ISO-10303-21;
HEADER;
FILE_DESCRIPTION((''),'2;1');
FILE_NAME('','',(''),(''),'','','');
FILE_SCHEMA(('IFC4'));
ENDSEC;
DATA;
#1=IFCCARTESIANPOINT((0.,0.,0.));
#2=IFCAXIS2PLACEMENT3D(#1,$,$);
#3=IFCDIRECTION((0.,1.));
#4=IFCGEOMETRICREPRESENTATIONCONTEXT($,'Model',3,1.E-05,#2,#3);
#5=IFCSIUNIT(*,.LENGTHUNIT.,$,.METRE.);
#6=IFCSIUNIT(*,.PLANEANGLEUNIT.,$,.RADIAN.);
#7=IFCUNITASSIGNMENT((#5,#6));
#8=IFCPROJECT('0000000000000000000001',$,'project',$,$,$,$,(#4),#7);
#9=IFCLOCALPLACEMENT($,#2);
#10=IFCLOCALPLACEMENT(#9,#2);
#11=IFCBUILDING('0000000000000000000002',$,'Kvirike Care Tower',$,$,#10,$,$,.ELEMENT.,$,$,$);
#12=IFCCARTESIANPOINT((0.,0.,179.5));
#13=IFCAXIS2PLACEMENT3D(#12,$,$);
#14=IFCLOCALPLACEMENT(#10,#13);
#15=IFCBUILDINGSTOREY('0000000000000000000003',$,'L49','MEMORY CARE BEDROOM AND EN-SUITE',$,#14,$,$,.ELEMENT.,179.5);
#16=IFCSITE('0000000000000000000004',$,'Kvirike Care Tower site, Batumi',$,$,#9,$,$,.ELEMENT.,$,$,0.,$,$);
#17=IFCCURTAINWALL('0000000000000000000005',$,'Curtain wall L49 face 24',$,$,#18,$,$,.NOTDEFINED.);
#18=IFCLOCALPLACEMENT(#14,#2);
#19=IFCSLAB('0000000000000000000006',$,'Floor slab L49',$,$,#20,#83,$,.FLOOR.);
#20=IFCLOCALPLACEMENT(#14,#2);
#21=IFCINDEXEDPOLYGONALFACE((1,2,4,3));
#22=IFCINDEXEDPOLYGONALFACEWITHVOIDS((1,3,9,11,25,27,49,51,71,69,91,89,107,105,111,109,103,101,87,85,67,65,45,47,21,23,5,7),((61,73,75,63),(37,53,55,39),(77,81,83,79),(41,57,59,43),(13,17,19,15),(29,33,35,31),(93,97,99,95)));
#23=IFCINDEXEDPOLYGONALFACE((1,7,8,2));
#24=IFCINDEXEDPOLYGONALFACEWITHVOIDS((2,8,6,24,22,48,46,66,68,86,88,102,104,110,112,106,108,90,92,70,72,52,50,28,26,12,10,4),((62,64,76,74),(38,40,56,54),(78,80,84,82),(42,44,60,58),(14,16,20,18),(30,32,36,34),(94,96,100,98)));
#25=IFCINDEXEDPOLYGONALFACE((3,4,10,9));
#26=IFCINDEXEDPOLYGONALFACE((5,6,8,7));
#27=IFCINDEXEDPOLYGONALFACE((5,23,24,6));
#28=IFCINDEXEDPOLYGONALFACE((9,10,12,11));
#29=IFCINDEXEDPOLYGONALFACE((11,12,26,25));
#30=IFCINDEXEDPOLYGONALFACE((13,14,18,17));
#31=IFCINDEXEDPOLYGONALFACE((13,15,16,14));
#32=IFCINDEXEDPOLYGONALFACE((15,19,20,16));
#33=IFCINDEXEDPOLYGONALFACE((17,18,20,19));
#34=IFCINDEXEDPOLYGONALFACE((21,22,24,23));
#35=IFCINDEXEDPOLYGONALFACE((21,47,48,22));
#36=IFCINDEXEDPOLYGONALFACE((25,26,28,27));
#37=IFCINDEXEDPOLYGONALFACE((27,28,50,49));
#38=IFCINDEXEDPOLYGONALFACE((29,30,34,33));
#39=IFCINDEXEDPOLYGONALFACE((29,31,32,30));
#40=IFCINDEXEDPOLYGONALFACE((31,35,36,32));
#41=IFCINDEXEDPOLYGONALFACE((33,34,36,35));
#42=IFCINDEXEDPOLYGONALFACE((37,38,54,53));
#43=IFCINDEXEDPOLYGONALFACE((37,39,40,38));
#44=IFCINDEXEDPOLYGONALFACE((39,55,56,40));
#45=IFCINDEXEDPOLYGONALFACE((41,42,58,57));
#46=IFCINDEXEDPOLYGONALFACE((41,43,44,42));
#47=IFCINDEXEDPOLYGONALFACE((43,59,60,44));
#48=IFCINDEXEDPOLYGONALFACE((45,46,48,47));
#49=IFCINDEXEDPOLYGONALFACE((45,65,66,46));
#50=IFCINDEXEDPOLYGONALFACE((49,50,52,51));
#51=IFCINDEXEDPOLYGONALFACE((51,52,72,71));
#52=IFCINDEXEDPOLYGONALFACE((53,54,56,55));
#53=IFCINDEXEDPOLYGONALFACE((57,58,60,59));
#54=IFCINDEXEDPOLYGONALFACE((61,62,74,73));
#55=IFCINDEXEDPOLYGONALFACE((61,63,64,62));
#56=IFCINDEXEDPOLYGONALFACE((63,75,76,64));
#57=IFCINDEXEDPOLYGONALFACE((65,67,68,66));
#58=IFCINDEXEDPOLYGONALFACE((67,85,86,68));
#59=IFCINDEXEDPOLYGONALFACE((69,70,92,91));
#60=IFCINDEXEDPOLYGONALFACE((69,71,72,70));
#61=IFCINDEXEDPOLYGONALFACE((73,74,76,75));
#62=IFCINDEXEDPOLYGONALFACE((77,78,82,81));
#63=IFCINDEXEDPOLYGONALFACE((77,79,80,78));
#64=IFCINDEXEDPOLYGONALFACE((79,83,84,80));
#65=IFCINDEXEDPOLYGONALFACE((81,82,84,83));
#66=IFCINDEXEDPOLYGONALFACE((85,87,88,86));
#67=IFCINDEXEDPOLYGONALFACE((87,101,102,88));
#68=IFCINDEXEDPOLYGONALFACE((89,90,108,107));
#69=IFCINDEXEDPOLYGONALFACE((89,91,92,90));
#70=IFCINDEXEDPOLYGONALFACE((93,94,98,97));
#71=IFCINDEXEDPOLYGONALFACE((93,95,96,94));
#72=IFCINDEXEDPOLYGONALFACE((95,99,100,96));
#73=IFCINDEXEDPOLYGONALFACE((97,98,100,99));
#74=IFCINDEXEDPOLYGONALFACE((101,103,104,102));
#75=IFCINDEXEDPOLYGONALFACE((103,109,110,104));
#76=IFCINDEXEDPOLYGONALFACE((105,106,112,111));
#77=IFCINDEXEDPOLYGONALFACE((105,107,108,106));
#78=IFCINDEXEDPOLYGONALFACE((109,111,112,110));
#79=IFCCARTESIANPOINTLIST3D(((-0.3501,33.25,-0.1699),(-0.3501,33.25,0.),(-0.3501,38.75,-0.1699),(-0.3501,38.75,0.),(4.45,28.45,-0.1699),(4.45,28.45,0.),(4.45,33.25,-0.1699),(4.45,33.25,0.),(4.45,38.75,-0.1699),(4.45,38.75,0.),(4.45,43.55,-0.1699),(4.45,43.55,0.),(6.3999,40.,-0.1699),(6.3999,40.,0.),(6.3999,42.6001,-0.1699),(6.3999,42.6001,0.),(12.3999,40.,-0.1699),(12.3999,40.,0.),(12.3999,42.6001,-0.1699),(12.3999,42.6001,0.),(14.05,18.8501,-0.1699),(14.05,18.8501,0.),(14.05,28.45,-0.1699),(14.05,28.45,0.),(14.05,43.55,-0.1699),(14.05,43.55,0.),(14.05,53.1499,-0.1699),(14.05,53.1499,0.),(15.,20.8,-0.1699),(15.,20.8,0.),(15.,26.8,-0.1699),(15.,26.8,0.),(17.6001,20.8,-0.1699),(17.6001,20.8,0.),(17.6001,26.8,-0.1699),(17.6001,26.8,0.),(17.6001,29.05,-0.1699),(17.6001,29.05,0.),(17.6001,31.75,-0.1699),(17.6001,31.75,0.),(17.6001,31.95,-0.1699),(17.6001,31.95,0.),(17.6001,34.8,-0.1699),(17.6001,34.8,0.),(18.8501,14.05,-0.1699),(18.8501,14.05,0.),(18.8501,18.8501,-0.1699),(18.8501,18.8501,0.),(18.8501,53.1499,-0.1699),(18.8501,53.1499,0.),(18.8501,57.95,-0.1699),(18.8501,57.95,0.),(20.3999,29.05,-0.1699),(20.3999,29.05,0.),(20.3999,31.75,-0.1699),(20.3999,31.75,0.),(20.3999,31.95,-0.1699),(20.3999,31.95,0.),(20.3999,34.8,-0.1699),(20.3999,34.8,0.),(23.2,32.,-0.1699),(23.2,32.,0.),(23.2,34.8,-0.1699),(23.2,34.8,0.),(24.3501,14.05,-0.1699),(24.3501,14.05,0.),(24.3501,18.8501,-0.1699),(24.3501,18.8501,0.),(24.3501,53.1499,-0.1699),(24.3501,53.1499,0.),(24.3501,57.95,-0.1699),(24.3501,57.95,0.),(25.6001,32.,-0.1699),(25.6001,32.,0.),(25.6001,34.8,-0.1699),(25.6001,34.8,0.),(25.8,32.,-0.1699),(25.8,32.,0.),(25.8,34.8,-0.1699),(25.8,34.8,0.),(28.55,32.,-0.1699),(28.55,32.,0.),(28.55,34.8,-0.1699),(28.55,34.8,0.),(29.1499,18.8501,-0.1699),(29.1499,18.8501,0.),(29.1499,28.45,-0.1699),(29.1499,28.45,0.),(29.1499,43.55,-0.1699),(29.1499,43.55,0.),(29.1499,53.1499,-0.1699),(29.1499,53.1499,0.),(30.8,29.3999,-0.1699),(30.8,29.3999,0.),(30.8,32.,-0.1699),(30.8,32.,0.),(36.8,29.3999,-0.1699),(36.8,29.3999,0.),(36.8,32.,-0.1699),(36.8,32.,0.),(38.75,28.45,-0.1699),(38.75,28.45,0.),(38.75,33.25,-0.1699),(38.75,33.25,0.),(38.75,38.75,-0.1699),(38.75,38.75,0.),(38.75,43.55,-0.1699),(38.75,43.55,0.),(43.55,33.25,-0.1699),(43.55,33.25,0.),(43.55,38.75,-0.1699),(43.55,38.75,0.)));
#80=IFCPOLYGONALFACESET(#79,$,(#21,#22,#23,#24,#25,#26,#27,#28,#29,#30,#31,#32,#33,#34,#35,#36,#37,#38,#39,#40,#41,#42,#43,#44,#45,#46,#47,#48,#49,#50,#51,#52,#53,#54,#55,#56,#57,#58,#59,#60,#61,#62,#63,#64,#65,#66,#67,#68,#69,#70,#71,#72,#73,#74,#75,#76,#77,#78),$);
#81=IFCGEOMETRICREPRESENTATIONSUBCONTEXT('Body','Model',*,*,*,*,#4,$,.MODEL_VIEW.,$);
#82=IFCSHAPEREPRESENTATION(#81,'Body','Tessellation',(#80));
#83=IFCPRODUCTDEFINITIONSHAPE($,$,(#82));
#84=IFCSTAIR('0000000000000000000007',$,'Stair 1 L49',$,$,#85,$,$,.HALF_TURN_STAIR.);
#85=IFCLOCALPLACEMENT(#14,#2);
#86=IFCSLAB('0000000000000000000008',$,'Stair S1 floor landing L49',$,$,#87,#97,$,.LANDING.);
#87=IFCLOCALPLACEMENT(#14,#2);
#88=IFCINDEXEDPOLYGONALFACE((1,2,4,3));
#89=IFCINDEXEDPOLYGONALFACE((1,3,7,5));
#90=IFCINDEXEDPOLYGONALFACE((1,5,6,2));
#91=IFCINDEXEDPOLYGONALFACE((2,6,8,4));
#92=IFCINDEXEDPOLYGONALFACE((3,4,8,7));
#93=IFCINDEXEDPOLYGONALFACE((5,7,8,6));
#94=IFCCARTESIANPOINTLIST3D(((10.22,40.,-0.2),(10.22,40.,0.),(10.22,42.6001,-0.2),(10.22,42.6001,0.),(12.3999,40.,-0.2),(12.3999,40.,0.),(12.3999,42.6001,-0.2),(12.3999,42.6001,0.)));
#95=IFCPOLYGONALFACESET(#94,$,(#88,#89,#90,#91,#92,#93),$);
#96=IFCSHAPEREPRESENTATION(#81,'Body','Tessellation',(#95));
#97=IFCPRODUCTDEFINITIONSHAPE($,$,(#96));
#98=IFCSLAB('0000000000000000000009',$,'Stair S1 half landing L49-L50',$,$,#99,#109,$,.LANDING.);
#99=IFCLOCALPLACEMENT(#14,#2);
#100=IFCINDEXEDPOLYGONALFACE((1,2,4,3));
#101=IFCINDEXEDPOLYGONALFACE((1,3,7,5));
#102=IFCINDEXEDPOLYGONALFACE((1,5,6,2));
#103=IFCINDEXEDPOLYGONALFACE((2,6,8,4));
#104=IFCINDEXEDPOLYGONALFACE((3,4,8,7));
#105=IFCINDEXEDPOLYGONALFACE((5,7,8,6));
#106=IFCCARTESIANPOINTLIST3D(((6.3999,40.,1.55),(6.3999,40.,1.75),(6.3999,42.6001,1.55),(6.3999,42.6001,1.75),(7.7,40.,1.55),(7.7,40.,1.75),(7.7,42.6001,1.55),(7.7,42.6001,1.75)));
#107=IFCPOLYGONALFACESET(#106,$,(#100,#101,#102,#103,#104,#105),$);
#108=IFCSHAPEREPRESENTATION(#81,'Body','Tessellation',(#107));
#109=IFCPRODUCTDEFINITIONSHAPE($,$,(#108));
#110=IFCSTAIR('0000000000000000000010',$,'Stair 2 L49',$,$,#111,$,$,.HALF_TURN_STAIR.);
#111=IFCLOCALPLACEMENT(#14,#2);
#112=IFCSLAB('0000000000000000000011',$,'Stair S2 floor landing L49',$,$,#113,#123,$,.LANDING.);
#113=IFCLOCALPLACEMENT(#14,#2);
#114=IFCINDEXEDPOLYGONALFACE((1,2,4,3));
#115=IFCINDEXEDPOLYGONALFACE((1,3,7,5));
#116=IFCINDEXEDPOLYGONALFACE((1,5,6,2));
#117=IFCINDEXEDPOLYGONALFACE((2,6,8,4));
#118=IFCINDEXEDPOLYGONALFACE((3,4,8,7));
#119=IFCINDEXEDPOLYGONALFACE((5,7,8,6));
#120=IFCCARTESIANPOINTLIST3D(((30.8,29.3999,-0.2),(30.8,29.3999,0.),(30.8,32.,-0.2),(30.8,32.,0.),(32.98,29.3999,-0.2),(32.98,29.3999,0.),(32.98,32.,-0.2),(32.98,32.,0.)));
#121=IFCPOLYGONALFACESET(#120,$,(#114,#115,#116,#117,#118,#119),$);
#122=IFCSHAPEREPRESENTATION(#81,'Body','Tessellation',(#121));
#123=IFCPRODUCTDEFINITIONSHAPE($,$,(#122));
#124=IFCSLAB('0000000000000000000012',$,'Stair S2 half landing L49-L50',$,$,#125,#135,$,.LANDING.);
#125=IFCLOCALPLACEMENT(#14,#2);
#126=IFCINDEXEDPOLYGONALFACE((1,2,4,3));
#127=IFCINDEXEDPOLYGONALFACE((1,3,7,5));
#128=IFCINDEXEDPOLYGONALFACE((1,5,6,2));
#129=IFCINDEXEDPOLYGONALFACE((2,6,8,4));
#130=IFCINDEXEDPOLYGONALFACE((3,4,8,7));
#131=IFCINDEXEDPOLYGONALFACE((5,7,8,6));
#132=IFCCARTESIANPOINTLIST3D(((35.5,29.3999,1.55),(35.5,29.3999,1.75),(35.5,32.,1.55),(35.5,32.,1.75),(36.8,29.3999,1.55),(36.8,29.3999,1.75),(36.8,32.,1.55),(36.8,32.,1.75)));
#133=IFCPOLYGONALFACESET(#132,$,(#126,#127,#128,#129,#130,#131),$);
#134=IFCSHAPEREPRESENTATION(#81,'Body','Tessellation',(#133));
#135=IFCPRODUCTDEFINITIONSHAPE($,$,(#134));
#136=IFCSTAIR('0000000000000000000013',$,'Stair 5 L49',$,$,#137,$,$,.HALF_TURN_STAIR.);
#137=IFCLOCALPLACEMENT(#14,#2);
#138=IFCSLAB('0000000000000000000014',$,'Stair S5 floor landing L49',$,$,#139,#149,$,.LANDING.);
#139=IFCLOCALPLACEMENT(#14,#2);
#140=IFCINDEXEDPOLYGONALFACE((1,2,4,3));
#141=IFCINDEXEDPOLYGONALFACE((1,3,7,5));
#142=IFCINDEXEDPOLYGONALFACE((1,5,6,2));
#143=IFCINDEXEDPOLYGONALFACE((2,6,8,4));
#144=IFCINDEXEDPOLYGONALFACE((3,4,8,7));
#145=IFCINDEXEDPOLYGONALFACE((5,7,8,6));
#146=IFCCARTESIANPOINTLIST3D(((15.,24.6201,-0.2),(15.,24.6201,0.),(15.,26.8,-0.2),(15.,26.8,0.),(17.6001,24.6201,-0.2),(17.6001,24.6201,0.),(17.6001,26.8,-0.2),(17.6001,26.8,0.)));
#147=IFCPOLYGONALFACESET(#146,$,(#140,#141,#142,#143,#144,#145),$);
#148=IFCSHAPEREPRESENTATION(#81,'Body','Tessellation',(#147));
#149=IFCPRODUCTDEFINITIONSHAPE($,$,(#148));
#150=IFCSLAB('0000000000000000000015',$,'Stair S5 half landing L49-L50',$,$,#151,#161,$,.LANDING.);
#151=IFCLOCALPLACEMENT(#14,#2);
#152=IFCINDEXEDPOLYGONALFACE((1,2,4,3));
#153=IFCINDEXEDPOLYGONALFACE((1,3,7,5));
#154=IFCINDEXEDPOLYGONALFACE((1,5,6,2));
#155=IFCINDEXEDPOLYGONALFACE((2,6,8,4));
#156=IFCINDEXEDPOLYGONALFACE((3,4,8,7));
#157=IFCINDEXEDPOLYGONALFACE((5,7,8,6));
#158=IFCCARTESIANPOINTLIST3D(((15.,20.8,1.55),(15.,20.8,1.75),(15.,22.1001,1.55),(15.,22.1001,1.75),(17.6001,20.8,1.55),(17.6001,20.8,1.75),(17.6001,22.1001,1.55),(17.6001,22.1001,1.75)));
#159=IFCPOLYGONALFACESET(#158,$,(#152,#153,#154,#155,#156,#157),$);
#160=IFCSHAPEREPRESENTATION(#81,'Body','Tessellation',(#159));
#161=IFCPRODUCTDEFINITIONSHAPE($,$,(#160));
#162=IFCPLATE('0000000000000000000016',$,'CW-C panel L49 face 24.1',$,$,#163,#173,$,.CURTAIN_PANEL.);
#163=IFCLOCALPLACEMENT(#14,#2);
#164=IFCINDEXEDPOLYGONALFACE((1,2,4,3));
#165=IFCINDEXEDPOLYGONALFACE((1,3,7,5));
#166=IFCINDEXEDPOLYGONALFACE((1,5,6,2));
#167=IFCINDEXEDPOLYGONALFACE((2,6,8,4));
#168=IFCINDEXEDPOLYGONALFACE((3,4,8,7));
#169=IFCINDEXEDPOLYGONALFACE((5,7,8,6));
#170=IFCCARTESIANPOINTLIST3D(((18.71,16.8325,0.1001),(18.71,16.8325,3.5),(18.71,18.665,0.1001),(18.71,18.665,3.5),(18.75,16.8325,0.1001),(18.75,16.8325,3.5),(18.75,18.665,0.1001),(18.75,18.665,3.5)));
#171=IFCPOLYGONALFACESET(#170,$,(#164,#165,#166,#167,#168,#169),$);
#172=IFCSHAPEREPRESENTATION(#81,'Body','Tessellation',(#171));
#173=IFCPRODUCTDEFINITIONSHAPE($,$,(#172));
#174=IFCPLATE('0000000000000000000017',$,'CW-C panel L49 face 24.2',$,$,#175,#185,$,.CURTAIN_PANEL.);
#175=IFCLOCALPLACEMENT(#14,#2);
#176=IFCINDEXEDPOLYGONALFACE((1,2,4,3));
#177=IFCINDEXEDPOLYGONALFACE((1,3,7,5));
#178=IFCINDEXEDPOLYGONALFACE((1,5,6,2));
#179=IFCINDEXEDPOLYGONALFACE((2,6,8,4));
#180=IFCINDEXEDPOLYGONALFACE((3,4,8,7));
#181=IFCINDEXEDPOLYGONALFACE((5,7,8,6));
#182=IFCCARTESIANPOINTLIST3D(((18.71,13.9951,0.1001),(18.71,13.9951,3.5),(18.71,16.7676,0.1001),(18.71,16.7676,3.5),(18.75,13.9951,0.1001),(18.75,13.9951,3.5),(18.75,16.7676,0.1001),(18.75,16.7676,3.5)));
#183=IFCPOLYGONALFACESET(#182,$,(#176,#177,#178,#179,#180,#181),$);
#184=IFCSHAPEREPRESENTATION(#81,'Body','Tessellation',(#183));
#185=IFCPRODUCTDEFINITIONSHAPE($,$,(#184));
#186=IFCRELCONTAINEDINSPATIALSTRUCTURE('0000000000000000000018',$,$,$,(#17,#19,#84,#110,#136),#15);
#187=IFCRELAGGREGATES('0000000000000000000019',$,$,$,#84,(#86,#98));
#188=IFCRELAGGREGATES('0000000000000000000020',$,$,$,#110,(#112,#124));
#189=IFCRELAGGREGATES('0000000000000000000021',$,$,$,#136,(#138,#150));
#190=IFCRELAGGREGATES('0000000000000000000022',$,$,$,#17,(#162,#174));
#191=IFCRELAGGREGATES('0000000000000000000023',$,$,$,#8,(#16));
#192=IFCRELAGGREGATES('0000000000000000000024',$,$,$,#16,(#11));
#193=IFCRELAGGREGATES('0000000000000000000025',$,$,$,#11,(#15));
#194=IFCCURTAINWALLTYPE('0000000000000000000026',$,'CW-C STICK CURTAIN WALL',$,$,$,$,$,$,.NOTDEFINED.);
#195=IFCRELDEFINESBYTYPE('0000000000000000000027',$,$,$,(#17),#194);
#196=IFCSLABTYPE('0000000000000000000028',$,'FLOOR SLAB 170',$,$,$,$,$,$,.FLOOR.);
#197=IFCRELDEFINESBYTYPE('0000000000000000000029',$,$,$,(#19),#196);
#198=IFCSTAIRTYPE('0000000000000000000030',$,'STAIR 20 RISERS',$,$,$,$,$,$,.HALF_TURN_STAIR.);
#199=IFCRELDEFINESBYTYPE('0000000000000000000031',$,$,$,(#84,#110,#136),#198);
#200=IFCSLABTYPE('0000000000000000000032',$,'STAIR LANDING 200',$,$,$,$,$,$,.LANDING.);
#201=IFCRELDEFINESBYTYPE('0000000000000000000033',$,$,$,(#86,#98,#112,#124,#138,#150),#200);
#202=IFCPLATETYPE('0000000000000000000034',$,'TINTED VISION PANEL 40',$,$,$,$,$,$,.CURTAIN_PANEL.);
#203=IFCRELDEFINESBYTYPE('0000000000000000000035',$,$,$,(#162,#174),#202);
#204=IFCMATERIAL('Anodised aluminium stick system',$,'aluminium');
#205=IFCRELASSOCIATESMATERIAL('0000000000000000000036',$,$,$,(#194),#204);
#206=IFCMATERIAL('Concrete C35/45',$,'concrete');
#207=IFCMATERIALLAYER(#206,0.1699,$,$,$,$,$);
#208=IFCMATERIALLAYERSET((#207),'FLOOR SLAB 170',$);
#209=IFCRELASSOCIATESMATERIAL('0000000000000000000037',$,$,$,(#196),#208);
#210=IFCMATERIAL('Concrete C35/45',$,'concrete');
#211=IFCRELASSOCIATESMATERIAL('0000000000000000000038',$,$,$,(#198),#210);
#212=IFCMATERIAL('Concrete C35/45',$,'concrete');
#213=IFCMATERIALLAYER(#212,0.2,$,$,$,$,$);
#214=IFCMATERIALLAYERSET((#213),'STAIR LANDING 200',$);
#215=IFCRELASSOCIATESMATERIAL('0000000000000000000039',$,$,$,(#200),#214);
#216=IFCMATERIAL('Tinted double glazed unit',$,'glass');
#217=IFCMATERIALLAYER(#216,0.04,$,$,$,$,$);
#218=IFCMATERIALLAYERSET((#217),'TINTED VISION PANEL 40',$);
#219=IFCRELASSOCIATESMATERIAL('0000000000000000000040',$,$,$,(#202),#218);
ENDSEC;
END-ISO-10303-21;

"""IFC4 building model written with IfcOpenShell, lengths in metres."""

from ifc_helpers import new_model, si_unit, direction, frame, origin, origin_2d, place, context, subcontext, project, spatial, polyline, rectangle, outline, extrude, material, layer, layer_set, type_object, element, aggregate, save


model = new_model("IFC4")

# Units and contexts
model_context = context("Model", 3, precision=1e-05, world=origin(), true_north=direction((0.0, 1.0)))
body_context = subcontext(model_context, "Body", "Model", "MODEL_VIEW")
ifc_project = project(units=[si_unit("LENGTHUNIT", "METRE"), si_unit("PLANEANGLEUNIT", "RADIAN")], contexts=[model_context])

# Site, building, storey
site_placement = place(None, origin())
site = spatial("IfcSite", under=ifc_project, at=site_placement, Name="Kvirike Care Tower site, Batumi", CompositionType="ELEMENT", RefElevation=0.0)
building_placement = place(site_placement, origin())
building = spatial("IfcBuilding", under=site, at=building_placement, Name="Kvirike Care Tower", CompositionType="ELEMENT")
storey_placement = place(building_placement, frame((0.0, 0.0, 179.5)))
storey = spatial("IfcBuildingStorey", under=building, at=storey_placement, Name="L49", Description="MEMORY CARE BEDROOM AND EN-SUITE", CompositionType="ELEMENT", Elevation=179.5)

# Curtain wall
ifc_material_1 = material(Name="Anodised aluminium stick system", Category="aluminium")
curtain_wall_type = type_object("IfcCurtainWallType", Name="CW-C STICK CURTAIN WALL", PredefinedType="NOTDEFINED", material=ifc_material_1)
curtain_wall_1_placement = place(storey_placement, origin())
curtain_wall_1 = element("IfcCurtainWall", 1, at=curtain_wall_1_placement, inside=storey, type_object=curtain_wall_type, Name="Curtain wall L49 face 24", PredefinedType="NOTDEFINED")

# Slab
ifc_material_2 = material(Name="Concrete C35/45", Category="concrete")
ifc_layer_1 = layer(ifc_material_2, 0.1699)
ifc_layer_set_1 = layer_set([ifc_layer_1], Name="FLOOR SLAB 170")
slab_type_1 = type_object("IfcSlabType", Name="FLOOR SLAB 170", PredefinedType="FLOOR", material=ifc_layer_set_1)
slab_1_placement = place(storey_placement, frame((0.0, 0.0, -0.1699)))
element("IfcSlab", 2, at=slab_1_placement, inside=storey, type_object=slab_type_1, Name="Floor slab L49", PredefinedType="FLOOR", context=body_context, shape_type="SweptSolid", body=[
    extrude(outline(polyline([(29.1499, 28.45), (38.75, 28.45), (38.75, 33.25), (43.55, 33.25), (43.55, 38.75), (38.75, 38.75), (38.75, 43.55), (29.1499, 43.55), (29.1499, 53.1499), (24.3501, 53.1499), (24.3501, 57.95), (18.8501, 57.95), (18.8501, 53.1499), (14.05, 53.1499), (14.05, 43.55), (4.45, 43.55), (4.45, 38.75), (-0.3501, 38.75), (-0.3501, 33.25), (4.45, 33.25), (4.45, 28.45), (14.05, 28.45), (14.05, 18.8501), (18.8501, 18.8501), (18.8501, 14.05), (24.3501, 14.05), (24.3501, 18.8501), (29.1499, 18.8501), (29.1499, 28.45)]), holes=[polyline([(17.6001, 29.05), (17.6001, 31.75), (20.3999, 31.75), (20.3999, 29.05), (17.6001, 29.05)]), polyline([(17.6001, 31.95), (17.6001, 34.8), (20.3999, 34.8), (20.3999, 31.95), (17.6001, 31.95)]), polyline([(23.2, 32.0), (23.2, 34.8), (25.6001, 34.8), (25.6001, 32.0), (23.2, 32.0)]), polyline([(25.8, 32.0), (25.8, 34.8), (28.55, 34.8), (28.55, 32.0), (25.8, 32.0)]), polyline([(12.3999, 42.6001), (12.3999, 40.0), (6.3999, 40.0), (6.3999, 42.6001), (12.3999, 42.6001)]), polyline([(30.8, 29.3999), (30.8, 32.0), (36.8, 32.0), (36.8, 29.3999), (30.8, 29.3999)]), polyline([(15.0, 26.8), (17.6001, 26.8), (17.6001, 20.8), (15.0, 20.8), (15.0, 26.8)])]), origin(), (0.0, 0.0, 1.0), 0.1699),
])

# Stairs, slabs
ifc_material_3 = material(Name="Concrete C35/45", Category="concrete")
stair_type = type_object("IfcStairType", Name="STAIR 20 RISERS", PredefinedType="HALF_TURN_STAIR", material=ifc_material_3)
stair_1_placement = place(storey_placement, origin())
stair_1 = element("IfcStair", 3, at=stair_1_placement, inside=storey, type_object=stair_type, Name="Stair 1 L49", PredefinedType="HALF_TURN_STAIR")
ifc_material_4 = material(Name="Concrete C35/45", Category="concrete")
ifc_layer_2 = layer(ifc_material_4, 0.2)
ifc_layer_set_2 = layer_set([ifc_layer_2], Name="STAIR LANDING 200")
slab_type_2 = type_object("IfcSlabType", Name="STAIR LANDING 200", PredefinedType="LANDING", material=ifc_layer_set_2)
slab_2_placement = place(storey_placement, frame((0.0, 0.0, -0.2)))
slab_2 = element("IfcSlab", 4, at=slab_2_placement, type_object=slab_type_2, Name="Stair S1 floor landing L49", PredefinedType="LANDING", context=body_context, shape_type="SweptSolid", body=[
    extrude(outline(polyline([(10.22, 42.6001), (10.22, 40.0), (12.3999, 40.0), (12.3999, 42.6001), (10.22, 42.6001)])), origin(), (0.0, 0.0, 1.0), 0.2),
])
slab_3_placement = place(storey_placement, frame((0.0, 0.0, 1.55)))
slab_3 = element("IfcSlab", 5, at=slab_3_placement, type_object=slab_type_2, Name="Stair S1 half landing L49-L50", PredefinedType="LANDING", context=body_context, shape_type="SweptSolid", body=[
    extrude(outline(polyline([(6.3999, 42.6001), (6.3999, 40.0), (7.7, 40.0), (7.7, 42.6001), (6.3999, 42.6001)])), origin(), (0.0, 0.0, 1.0), 0.2),
])
aggregate(stair_1, [slab_2, slab_3])
stair_2_placement = place(storey_placement, origin())
stair_2 = element("IfcStair", 6, at=stair_2_placement, inside=storey, type_object=stair_type, Name="Stair 2 L49", PredefinedType="HALF_TURN_STAIR")
slab_4_placement = place(storey_placement, frame((0.0, 0.0, -0.2)))
slab_4 = element("IfcSlab", 7, at=slab_4_placement, type_object=slab_type_2, Name="Stair S2 floor landing L49", PredefinedType="LANDING", context=body_context, shape_type="SweptSolid", body=[
    extrude(outline(polyline([(32.98, 29.3999), (32.98, 32.0), (30.8, 32.0), (30.8, 29.3999), (32.98, 29.3999)])), origin(), (0.0, 0.0, 1.0), 0.2),
])
slab_5_placement = place(storey_placement, frame((0.0, 0.0, 1.55)))
slab_5 = element("IfcSlab", 8, at=slab_5_placement, type_object=slab_type_2, Name="Stair S2 half landing L49-L50", PredefinedType="LANDING", context=body_context, shape_type="SweptSolid", body=[
    extrude(outline(polyline([(36.8, 29.3999), (36.8, 32.0), (35.5, 32.0), (35.5, 29.3999), (36.8, 29.3999)])), origin(), (0.0, 0.0, 1.0), 0.2),
])
aggregate(stair_2, [slab_4, slab_5])
stair_3_placement = place(storey_placement, origin())
stair_3 = element("IfcStair", 9, at=stair_3_placement, inside=storey, type_object=stair_type, Name="Stair 5 L49", PredefinedType="HALF_TURN_STAIR")
slab_6_placement = place(storey_placement, frame((0.0, 0.0, -0.2)))
slab_6 = element("IfcSlab", 10, at=slab_6_placement, type_object=slab_type_2, Name="Stair S5 floor landing L49", PredefinedType="LANDING", context=body_context, shape_type="SweptSolid", body=[
    extrude(outline(polyline([(15.0, 24.6201), (17.6001, 24.6201), (17.6001, 26.8), (15.0, 26.8), (15.0, 24.6201)])), origin(), (0.0, 0.0, 1.0), 0.2),
])
slab_7_placement = place(storey_placement, frame((0.0, 0.0, 1.55)))
slab_7 = element("IfcSlab", 11, at=slab_7_placement, type_object=slab_type_2, Name="Stair S5 half landing L49-L50", PredefinedType="LANDING", context=body_context, shape_type="SweptSolid", body=[
    extrude(outline(polyline([(15.0, 20.8), (17.6001, 20.8), (17.6001, 22.1001), (15.0, 22.1001), (15.0, 20.8)])), origin(), (0.0, 0.0, 1.0), 0.2),
])
aggregate(stair_3, [slab_6, slab_7])

# Plates
ifc_material_5 = material(Name="Tinted double glazed unit", Category="glass")
ifc_layer_3 = layer(ifc_material_5, 0.04)
ifc_layer_set_3 = layer_set([ifc_layer_3], Name="TINTED VISION PANEL 40")
plate_type = type_object("IfcPlateType", Name="TINTED VISION PANEL 40", PredefinedType="CURTAIN_PANEL", material=ifc_layer_set_3)
plate_1_placement = place(storey_placement, frame((18.73, 17.7488, 0.1001), z_axis=(0.0, 0.0, 1.0), x_axis=(0.0, -1.0, 0.0)))
plate_1 = element("IfcPlate", 12, at=plate_1_placement, type_object=plate_type, Name="CW-C panel L49 face 24.1", PredefinedType="CURTAIN_PANEL", context=body_context, shape_type="SweptSolid", body=[
    extrude(rectangle(XDim=1.8325, YDim=0.04, at=origin_2d()), origin(), (0.0, 0.0, 1.0), 3.3999),
])
plate_2_placement = place(storey_placement, frame((18.73, 15.3813, 0.1001), z_axis=(0.0, 0.0, 1.0), x_axis=(0.0, -1.0, 0.0)))
plate_2 = element("IfcPlate", 13, at=plate_2_placement, type_object=plate_type, Name="CW-C panel L49 face 24.2", PredefinedType="CURTAIN_PANEL", context=body_context, shape_type="SweptSolid", body=[
    extrude(rectangle(XDim=2.7725, YDim=0.04, at=origin_2d()), origin(), (0.0, 0.0, 1.0), 3.3999),
])
aggregate(curtain_wall_1, [plate_1, plate_2])

save(model, "model.ifc")
